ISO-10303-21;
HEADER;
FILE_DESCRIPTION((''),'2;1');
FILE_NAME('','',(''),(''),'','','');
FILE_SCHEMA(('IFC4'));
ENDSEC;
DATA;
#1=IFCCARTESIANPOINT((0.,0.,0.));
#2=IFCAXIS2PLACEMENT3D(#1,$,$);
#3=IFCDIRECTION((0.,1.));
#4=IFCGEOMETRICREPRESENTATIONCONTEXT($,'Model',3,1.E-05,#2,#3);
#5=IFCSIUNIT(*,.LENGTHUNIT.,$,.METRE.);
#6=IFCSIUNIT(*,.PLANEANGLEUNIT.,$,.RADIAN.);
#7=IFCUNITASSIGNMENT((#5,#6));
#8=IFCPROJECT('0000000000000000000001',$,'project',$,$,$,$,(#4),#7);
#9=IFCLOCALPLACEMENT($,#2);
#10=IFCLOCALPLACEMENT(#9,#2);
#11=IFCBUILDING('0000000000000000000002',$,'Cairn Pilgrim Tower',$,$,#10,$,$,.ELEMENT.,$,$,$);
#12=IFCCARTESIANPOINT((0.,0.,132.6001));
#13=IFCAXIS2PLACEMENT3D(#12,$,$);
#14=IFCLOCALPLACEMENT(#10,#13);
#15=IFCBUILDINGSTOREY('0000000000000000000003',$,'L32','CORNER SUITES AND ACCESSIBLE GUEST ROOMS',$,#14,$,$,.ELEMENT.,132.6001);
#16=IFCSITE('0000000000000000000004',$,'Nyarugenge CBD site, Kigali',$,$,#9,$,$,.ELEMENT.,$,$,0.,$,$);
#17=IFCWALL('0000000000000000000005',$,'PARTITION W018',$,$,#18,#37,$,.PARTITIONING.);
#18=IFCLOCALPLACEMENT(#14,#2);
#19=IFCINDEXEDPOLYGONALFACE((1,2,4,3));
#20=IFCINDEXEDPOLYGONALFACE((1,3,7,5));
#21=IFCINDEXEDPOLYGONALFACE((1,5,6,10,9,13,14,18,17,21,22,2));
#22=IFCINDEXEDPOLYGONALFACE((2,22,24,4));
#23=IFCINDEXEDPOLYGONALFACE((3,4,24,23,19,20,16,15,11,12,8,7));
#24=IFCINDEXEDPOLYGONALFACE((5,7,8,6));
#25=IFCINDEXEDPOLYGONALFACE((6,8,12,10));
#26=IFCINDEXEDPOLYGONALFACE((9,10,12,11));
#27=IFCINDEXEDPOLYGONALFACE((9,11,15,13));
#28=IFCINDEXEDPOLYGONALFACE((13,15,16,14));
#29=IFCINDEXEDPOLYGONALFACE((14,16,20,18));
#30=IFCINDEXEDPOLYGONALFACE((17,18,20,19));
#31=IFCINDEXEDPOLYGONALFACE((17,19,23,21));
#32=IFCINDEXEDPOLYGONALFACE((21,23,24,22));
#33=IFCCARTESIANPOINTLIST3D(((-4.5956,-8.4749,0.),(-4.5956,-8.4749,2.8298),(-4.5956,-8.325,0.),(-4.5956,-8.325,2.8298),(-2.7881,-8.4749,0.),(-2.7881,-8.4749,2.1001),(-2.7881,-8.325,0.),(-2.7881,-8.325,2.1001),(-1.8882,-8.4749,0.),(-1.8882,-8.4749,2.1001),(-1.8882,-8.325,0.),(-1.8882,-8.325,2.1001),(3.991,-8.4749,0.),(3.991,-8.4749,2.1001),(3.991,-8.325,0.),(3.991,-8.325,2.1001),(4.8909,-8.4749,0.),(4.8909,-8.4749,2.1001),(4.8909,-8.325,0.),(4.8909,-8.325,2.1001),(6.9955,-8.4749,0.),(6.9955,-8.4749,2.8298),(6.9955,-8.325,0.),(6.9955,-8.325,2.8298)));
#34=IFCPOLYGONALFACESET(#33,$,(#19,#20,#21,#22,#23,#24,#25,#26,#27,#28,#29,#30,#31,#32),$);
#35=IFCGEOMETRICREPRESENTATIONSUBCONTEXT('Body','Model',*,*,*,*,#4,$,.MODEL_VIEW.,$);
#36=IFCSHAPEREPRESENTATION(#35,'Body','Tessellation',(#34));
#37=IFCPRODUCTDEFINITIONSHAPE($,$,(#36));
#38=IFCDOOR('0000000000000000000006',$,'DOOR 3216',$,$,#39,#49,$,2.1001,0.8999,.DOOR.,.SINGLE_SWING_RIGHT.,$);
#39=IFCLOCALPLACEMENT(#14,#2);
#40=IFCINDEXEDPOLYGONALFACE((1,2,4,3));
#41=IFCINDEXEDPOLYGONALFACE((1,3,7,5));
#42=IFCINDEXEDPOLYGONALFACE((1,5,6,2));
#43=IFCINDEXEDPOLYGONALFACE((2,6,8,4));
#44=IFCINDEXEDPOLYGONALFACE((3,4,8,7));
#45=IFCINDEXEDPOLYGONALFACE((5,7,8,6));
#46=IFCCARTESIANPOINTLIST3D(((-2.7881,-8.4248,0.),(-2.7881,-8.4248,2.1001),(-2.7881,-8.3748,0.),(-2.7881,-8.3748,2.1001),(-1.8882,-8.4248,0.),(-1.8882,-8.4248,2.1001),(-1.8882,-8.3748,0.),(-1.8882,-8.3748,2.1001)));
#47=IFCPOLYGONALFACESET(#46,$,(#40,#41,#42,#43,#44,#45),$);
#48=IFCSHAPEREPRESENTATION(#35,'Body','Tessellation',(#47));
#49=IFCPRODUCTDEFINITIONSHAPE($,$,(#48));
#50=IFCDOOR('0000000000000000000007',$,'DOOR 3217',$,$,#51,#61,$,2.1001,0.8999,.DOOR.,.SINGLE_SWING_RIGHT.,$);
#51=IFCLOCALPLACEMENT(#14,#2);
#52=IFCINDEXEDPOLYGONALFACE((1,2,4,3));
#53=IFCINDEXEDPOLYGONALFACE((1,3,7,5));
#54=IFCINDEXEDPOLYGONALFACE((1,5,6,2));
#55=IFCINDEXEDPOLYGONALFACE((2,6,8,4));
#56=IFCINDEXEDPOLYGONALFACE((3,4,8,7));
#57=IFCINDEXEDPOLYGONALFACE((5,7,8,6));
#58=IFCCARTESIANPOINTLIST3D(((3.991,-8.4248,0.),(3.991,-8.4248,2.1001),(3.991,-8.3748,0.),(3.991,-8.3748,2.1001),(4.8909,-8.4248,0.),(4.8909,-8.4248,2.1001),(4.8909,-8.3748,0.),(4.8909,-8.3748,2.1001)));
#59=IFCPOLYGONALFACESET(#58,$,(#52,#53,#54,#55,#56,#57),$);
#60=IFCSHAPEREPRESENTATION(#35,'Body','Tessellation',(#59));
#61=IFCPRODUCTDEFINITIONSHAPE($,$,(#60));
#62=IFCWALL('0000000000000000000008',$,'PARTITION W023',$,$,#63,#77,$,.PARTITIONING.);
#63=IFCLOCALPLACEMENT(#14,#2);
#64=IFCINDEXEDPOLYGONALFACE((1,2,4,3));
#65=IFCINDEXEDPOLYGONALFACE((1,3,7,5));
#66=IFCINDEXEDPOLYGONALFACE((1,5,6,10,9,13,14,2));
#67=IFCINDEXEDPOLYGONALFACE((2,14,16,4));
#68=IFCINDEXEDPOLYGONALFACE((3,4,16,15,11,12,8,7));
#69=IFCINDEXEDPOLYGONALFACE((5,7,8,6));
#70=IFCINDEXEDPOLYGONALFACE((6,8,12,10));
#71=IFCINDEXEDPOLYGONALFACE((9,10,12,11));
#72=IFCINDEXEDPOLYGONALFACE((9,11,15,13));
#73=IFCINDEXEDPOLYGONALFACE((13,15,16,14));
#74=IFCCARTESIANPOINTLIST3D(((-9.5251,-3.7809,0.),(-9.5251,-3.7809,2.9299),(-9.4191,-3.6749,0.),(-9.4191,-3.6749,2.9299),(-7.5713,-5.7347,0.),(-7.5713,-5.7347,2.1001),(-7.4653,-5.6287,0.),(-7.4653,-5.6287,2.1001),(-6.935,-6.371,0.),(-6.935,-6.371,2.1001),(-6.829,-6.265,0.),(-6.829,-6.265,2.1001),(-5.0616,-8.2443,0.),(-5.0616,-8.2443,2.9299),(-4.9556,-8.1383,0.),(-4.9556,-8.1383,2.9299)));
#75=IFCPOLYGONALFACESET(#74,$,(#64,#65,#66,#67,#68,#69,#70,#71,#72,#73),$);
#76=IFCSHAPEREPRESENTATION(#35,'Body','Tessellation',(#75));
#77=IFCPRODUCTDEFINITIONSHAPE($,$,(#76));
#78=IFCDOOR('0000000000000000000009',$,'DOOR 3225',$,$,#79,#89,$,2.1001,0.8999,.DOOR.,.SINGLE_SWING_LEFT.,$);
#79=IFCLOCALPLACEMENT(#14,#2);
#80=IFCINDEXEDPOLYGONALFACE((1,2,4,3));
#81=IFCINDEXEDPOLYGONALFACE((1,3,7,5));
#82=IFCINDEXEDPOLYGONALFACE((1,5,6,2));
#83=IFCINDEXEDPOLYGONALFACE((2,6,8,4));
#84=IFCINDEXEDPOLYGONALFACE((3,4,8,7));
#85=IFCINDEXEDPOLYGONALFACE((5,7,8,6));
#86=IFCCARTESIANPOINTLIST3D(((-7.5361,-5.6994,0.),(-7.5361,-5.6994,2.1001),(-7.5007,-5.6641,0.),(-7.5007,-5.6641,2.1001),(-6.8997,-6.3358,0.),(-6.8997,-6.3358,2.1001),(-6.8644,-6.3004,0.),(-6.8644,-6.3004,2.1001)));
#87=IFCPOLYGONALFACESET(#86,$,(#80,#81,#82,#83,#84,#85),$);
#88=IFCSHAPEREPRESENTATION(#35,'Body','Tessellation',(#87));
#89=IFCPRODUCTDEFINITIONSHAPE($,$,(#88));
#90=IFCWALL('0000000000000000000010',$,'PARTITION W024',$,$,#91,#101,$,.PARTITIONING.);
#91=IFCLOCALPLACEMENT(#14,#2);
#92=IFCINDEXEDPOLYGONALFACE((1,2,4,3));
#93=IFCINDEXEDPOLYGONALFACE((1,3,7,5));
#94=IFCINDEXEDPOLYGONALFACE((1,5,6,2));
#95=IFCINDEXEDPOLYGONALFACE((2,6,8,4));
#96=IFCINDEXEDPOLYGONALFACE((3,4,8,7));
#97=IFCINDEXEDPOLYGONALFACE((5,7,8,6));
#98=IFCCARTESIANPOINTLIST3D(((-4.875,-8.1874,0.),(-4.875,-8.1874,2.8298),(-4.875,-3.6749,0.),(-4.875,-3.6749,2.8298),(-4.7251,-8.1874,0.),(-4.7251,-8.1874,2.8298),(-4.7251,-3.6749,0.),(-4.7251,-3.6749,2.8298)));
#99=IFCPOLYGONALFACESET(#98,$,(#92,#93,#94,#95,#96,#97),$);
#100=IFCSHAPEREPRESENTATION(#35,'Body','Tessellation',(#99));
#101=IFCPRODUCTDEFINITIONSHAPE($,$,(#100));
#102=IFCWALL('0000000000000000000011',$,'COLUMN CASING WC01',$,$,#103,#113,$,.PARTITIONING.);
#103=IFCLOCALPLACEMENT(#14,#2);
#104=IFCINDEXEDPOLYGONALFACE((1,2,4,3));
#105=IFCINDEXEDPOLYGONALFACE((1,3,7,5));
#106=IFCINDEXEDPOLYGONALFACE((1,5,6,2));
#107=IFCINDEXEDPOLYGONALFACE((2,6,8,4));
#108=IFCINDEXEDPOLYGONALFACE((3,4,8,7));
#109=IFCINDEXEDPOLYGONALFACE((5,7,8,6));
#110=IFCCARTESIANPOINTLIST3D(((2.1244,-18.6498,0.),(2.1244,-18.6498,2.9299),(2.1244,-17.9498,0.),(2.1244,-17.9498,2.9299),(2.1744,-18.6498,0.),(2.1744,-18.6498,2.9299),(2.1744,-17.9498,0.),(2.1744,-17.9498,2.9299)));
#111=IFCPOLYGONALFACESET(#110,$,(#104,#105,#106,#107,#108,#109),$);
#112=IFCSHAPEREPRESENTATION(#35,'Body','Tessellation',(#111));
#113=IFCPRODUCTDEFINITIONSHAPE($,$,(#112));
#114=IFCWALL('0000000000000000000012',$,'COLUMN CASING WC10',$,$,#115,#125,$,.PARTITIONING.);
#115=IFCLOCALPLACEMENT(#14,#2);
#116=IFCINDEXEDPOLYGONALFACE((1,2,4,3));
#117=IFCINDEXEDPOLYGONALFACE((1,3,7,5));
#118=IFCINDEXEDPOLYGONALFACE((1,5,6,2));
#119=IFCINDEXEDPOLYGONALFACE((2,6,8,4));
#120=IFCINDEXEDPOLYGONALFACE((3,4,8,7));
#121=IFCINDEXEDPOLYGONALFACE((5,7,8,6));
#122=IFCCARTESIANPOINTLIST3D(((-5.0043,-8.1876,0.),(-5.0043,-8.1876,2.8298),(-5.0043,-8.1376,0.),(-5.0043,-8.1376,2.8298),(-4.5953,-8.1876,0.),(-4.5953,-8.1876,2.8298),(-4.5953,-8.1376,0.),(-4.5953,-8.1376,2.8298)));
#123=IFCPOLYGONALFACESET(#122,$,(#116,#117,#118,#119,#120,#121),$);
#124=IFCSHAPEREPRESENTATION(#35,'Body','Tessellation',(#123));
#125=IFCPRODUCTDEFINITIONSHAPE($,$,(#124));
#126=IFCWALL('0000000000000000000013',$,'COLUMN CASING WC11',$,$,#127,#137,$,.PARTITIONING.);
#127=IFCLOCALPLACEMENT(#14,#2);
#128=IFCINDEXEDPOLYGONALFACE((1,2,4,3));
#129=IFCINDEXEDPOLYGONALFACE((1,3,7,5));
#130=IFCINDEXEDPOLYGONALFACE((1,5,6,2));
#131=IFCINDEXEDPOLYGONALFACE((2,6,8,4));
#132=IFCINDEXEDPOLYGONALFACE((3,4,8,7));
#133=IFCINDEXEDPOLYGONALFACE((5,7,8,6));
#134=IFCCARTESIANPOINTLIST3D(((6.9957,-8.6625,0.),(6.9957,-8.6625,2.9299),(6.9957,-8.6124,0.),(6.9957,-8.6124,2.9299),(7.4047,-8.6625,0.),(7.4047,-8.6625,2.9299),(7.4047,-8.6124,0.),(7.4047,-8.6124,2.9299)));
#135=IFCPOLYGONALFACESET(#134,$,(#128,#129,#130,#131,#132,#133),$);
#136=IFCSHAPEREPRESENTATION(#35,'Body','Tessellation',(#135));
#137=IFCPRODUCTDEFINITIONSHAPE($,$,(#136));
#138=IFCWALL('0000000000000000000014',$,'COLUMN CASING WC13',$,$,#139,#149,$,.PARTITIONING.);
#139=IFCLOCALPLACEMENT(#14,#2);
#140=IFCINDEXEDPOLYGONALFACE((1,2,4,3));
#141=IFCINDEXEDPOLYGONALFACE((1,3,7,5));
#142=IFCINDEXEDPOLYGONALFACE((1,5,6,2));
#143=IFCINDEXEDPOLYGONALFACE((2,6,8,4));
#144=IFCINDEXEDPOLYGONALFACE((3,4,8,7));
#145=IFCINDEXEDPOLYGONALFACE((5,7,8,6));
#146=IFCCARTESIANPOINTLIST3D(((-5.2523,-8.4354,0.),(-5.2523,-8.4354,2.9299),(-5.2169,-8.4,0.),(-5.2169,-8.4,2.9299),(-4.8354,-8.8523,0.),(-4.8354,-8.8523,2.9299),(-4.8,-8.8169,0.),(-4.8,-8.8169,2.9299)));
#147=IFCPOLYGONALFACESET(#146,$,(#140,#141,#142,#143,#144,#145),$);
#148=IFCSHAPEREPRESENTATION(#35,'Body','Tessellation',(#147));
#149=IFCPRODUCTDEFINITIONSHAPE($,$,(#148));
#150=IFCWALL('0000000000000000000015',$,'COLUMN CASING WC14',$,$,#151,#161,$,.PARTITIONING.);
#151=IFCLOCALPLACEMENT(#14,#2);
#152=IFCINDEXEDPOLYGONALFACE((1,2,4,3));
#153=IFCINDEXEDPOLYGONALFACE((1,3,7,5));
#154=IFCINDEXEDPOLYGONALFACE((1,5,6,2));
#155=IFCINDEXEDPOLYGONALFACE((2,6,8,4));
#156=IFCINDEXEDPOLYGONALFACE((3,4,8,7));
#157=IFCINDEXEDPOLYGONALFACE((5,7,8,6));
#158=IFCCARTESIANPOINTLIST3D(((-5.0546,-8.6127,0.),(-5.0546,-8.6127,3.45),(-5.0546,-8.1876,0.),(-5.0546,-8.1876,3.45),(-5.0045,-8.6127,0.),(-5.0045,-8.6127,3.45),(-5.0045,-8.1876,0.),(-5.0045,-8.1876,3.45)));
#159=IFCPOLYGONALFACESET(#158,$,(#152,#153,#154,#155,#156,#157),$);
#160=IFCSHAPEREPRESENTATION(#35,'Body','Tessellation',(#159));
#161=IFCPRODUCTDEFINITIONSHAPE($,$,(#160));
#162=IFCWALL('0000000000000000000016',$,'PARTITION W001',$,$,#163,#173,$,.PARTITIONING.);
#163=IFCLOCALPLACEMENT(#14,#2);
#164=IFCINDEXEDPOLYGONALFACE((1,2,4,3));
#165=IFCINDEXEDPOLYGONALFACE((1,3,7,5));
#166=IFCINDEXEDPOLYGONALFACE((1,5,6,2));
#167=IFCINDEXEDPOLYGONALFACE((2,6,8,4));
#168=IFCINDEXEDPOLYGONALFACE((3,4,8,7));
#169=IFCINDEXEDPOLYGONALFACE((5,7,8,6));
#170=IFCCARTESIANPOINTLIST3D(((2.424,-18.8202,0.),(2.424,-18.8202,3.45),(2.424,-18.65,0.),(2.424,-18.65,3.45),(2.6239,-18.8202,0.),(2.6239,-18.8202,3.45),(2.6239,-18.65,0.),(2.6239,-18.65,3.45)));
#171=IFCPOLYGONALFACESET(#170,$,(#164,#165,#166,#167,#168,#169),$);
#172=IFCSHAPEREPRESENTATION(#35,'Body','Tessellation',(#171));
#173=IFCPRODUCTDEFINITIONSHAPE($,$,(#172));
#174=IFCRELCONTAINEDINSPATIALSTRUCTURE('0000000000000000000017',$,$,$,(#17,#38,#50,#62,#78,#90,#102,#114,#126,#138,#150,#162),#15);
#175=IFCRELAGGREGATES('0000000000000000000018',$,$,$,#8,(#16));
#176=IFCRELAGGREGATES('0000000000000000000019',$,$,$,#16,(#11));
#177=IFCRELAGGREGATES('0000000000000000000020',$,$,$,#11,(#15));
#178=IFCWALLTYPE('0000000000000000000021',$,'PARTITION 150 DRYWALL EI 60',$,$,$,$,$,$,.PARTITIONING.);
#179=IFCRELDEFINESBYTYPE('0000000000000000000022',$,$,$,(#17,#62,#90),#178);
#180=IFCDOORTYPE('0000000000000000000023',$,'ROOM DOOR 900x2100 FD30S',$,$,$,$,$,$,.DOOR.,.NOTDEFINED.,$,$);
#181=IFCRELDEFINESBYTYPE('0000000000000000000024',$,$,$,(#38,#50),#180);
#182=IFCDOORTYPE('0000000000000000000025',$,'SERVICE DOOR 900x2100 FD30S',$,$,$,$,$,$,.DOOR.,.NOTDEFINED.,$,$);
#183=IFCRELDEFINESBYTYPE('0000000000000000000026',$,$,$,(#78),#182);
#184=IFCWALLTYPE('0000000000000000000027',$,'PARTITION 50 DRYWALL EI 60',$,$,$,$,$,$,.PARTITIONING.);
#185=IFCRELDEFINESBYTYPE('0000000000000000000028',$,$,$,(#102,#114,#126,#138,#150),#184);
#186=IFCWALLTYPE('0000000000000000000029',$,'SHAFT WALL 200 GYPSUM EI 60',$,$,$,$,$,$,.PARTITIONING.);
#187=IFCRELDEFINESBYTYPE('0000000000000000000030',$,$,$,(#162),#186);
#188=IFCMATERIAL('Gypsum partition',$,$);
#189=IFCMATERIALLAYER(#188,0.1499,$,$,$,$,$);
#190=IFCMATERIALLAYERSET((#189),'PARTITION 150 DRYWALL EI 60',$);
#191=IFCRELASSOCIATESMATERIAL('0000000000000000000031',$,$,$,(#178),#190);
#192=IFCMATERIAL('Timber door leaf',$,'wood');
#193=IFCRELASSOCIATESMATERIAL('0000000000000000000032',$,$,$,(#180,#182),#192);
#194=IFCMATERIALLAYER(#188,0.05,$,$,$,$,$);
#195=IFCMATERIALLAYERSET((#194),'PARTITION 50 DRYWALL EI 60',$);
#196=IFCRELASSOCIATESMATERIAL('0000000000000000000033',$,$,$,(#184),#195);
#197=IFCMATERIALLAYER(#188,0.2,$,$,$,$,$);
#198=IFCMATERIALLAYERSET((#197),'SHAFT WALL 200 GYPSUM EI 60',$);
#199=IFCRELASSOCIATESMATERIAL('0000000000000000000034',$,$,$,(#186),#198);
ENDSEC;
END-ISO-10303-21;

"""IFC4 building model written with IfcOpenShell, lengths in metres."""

from ifc_helpers import new_model, si_unit, direction, frame, frame_2d, origin, place, context, subcontext, project, spatial, rectangle, extrude, material, layer, layer_set, type_object, element, fill, save


model = new_model("IFC4")

# Units and contexts
model_context = context("Model", 3, precision=1e-05, world=origin(), true_north=direction((0.0, 1.0)))
body_context = subcontext(model_context, "Body", "Model", "MODEL_VIEW")
ifc_project = project(units=[si_unit("LENGTHUNIT", "METRE"), si_unit("PLANEANGLEUNIT", "RADIAN")], contexts=[model_context])

# Site, building, storey
site_placement = place(None, origin())
site = spatial("IfcSite", under=ifc_project, at=site_placement, Name="Nyarugenge CBD site, Kigali", CompositionType="ELEMENT", RefElevation=0.0)
building_placement = place(site_placement, origin())
building = spatial("IfcBuilding", under=site, at=building_placement, Name="Cairn Pilgrim Tower", CompositionType="ELEMENT")
storey_placement = place(building_placement, frame((0.0, 0.0, 132.6001)))
storey = spatial("IfcBuildingStorey", under=building, at=storey_placement, Name="L32", Description="CORNER SUITES AND ACCESSIBLE GUEST ROOMS", CompositionType="ELEMENT", Elevation=132.6001)

# Shared definitions
ifc_material_1 = material(Name="Gypsum partition")

# Shared definitions
ifc_material_2 = material(Name="Timber door leaf", Category="wood")

# Wall, openings, doors
ifc_layer_1 = layer(ifc_material_1, 0.1499)
ifc_layer_set_1 = layer_set([ifc_layer_1], Name="PARTITION 150 DRYWALL EI 60")
wall_type_1 = type_object("IfcWallType", Name="PARTITION 150 DRYWALL EI 60", PredefinedType="PARTITIONING", material=ifc_layer_set_1)
wall_1_placement = place(storey_placement, frame((-4.5955, -8.3999, 0.0), z_axis=(0.0, 0.0, 1.0), x_axis=(1.0, 0.0, 0.0)))
wall_1 = element("IfcWall", 1, at=wall_1_placement, inside=storey, type_object=wall_type_1, Name="PARTITION W018", PredefinedType="PARTITIONING", context=body_context, shape_type="SweptSolid", body=[
    extrude(rectangle(XDim=11.5911, YDim=0.1499, at=frame_2d((5.7954, 0.0))), origin(), (0.0, 0.0, 1.0), 2.8298),
])
opening_1_placement = place(wall_1_placement, frame((1.8074, 0.0, 0.0)))
opening_1 = element("IfcOpeningElement", 2, at=opening_1_placement, cuts=wall_1, PredefinedType="OPENING", context=body_context, shape_type="SweptSolid", body=[
    extrude(rectangle(XDim=0.8999, YDim=2.1001, at=frame_2d((0.45, 1.05))), frame((0.0, 0.085, 0.0), z_axis=(0.0, -1.0, 0.0), x_axis=(1.0, 0.0, 0.0)), (0.0, 0.0, 1.0), 0.1699),
])
opening_2_placement = place(wall_1_placement, frame((8.5864, 0.0, 0.0)))
opening_2 = element("IfcOpeningElement", 3, at=opening_2_placement, cuts=wall_1, PredefinedType="OPENING", context=body_context, shape_type="SweptSolid", body=[
    extrude(rectangle(XDim=0.8999, YDim=2.1001, at=frame_2d((0.45, 1.05))), frame((0.0, 0.085, 0.0), z_axis=(0.0, -1.0, 0.0), x_axis=(1.0, 0.0, 0.0)), (0.0, 0.0, 1.0), 0.1699),
])
door_type_1 = type_object("IfcDoorType", Name="ROOM DOOR 900x2100 FD30S", OperationType="NOTDEFINED", PredefinedType="DOOR", material=ifc_material_2)
door_1_placement = place(opening_1_placement, frame((0.8999, 0.0, 0.0), z_axis=(0.0, 0.0, 1.0), x_axis=(-1.0, 0.0, 0.0)))
door_1 = element("IfcDoor", 4, at=door_1_placement, inside=storey, type_object=door_type_1, Name="DOOR 3216", OperationType="SINGLE_SWING_RIGHT", OverallHeight=2.1001, OverallWidth=0.8999, PredefinedType="DOOR", context=body_context, shape_type="SweptSolid", body=[
    extrude(rectangle(XDim=0.8999, YDim=2.1001, at=frame_2d((0.45, 1.05))), frame((0.0, 0.0249, 0.0), z_axis=(0.0, -1.0, 0.0), x_axis=(1.0, 0.0, 0.0)), (0.0, 0.0, 1.0), 0.05),
])
fill(opening_1, door_1)
door_2_placement = place(opening_2_placement, frame((0.8999, 0.0, 0.0), z_axis=(0.0, 0.0, 1.0), x_axis=(-1.0, 0.0, 0.0)))
door_2 = element("IfcDoor", 5, at=door_2_placement, inside=storey, type_object=door_type_1, Name="DOOR 3217", OperationType="SINGLE_SWING_RIGHT", OverallHeight=2.1001, OverallWidth=0.8999, PredefinedType="DOOR", context=body_context, shape_type="SweptSolid", body=[
    extrude(rectangle(XDim=0.8999, YDim=2.1001, at=frame_2d((0.45, 1.05))), frame((0.0, 0.0249, 0.0), z_axis=(0.0, -1.0, 0.0), x_axis=(1.0, 0.0, 0.0)), (0.0, 0.0, 1.0), 0.05),
])
fill(opening_2, door_2)

# Wall, opening, door
wall_2_placement = place(storey_placement, frame((-5.0085, -8.1914, 0.0), z_axis=(0.0, 0.0, 1.0), x_axis=(-0.707107, 0.707107, 0.0)))
wall_2 = element("IfcWall", 6, at=wall_2_placement, inside=storey, type_object=wall_type_1, Name="PARTITION W023", PredefinedType="PARTITIONING", context=body_context, shape_type="SweptSolid", body=[
    extrude(rectangle(XDim=6.3123, YDim=0.1499, at=frame_2d((3.1562, 0.0))), origin(), (0.0, 0.0, 1.0), 2.9299),
])
opening_3_placement = place(wall_2_placement, frame((2.6494, 0.0, 0.0)))
opening_3 = element("IfcOpeningElement", 7, at=opening_3_placement, cuts=wall_2, PredefinedType="OPENING", context=body_context, shape_type="SweptSolid", body=[
    extrude(rectangle(XDim=0.8999, YDim=2.1001, at=frame_2d((0.45, 1.05))), frame((0.0, 0.085, 0.0), z_axis=(0.0, -1.0, 0.0), x_axis=(1.0, 0.0, 0.0)), (0.0, 0.0, 1.0), 0.1699),
])
door_type_2 = type_object("IfcDoorType", Name="SERVICE DOOR 900x2100 FD30S", OperationType="NOTDEFINED", PredefinedType="DOOR", material=ifc_material_2)
door_3_placement = place(opening_3_placement, frame((0.8999, 0.0, 0.0), z_axis=(0.0, 0.0, 1.0), x_axis=(-1.0, 0.0, 0.0)))
door_3 = element("IfcDoor", 8, at=door_3_placement, inside=storey, type_object=door_type_2, Name="DOOR 3225", OperationType="SINGLE_SWING_LEFT", OverallHeight=2.1001, OverallWidth=0.8999, PredefinedType="DOOR", context=body_context, shape_type="SweptSolid", body=[
    extrude(rectangle(XDim=0.8999, YDim=2.1001, at=frame_2d((0.45, 1.05))), frame((0.0, 0.0249, 0.0), z_axis=(0.0, -1.0, 0.0), x_axis=(1.0, 0.0, 0.0)), (0.0, 0.0, 1.0), 0.05),
])
fill(opening_3, door_3)

# Walls
wall_3_placement = place(storey_placement, frame((-4.8, -8.1875, 0.0), z_axis=(0.0, 0.0, 1.0), x_axis=(0.0, 1.0, 0.0)))
element("IfcWall", 9, at=wall_3_placement, inside=storey, type_object=wall_type_1, Name="PARTITION W024", PredefinedType="PARTITIONING", context=body_context, shape_type="SweptSolid", body=[
    extrude(rectangle(XDim=4.5125, YDim=0.1499, at=frame_2d((2.2563, 0.0))), origin(), (0.0, 0.0, 1.0), 2.8298),
])
ifc_layer_2 = layer(ifc_material_1, 0.05)
ifc_layer_set_2 = layer_set([ifc_layer_2], Name="PARTITION 50 DRYWALL EI 60")
wall_type_2 = type_object("IfcWallType", Name="PARTITION 50 DRYWALL EI 60", PredefinedType="PARTITIONING", material=ifc_layer_set_2)
wall_4_placement = place(storey_placement, frame((2.1494, -18.6499, 0.0), z_axis=(0.0, 0.0, 1.0), x_axis=(0.0, 1.0, 0.0)))
element("IfcWall", 10, at=wall_4_placement, inside=storey, type_object=wall_type_2, Name="COLUMN CASING WC01", PredefinedType="PARTITIONING", context=body_context, shape_type="SweptSolid", body=[
    extrude(rectangle(XDim=0.7, YDim=0.05, at=frame_2d((0.3501, 0.0))), origin(), (0.0, 0.0, 1.0), 2.9299),
])
wall_5_placement = place(storey_placement, frame((-5.0044, -8.1626, 0.0), z_axis=(0.0, 0.0, 1.0), x_axis=(1.0, 0.0, 0.0)))
element("IfcWall", 11, at=wall_5_placement, inside=storey, type_object=wall_type_2, Name="COLUMN CASING WC10", PredefinedType="PARTITIONING", context=body_context, shape_type="SweptSolid", body=[
    extrude(rectangle(XDim=0.4089, YDim=0.05, at=frame_2d((0.2046, 0.0))), origin(), (0.0, 0.0, 1.0), 2.8298),
])
wall_6_placement = place(storey_placement, frame((6.9956, -8.6375, 0.0), z_axis=(0.0, 0.0, 1.0), x_axis=(1.0, 0.0, 0.0)))
element("IfcWall", 12, at=wall_6_placement, inside=storey, type_object=wall_type_2, Name="COLUMN CASING WC11", PredefinedType="PARTITIONING", context=body_context, shape_type="SweptSolid", body=[
    extrude(rectangle(XDim=0.4089, YDim=0.05, at=frame_2d((0.2046, 0.0))), origin(), (0.0, 0.0, 1.0), 2.9299),
])
wall_7_placement = place(storey_placement, frame((-4.8176, -8.8347, 0.0), z_axis=(0.0, 0.0, 1.0), x_axis=(-0.707107, 0.707107, 0.0)))
element("IfcWall", 13, at=wall_7_placement, inside=storey, type_object=wall_type_2, Name="COLUMN CASING WC13", PredefinedType="PARTITIONING", context=body_context, shape_type="SweptSolid", body=[
    extrude(rectangle(XDim=0.5896, YDim=0.05, at=frame_2d((0.2949, 0.0))), origin(), (0.0, 0.0, 1.0), 2.9299),
])
wall_8_placement = place(storey_placement, frame((-5.0295, -8.6125, 0.0), z_axis=(0.0, 0.0, 1.0), x_axis=(0.0, 1.0, 0.0)))
element("IfcWall", 14, at=wall_8_placement, inside=storey, type_object=wall_type_2, Name="COLUMN CASING WC14", PredefinedType="PARTITIONING", context=body_context, shape_type="SweptSolid", body=[
    extrude(rectangle(XDim=0.425, YDim=0.05, at=frame_2d((0.2124, 0.0))), origin(), (0.0, 0.0, 1.0), 3.45),
])
ifc_layer_3 = layer(ifc_material_1, 0.2)
ifc_layer_set_3 = layer_set([ifc_layer_3], Name="SHAFT WALL 200 GYPSUM EI 60")
wall_type_3 = type_object("IfcWallType", Name="SHAFT WALL 200 GYPSUM EI 60", PredefinedType="PARTITIONING", material=ifc_layer_set_3)
wall_9_placement = place(storey_placement, frame((2.5239, -18.8201, 0.0), z_axis=(0.0, 0.0, 1.0), x_axis=(0.0, 1.0, 0.0)))
element("IfcWall", 15, at=wall_9_placement, inside=storey, type_object=wall_type_3, Name="PARTITION W001", PredefinedType="PARTITIONING", context=body_context, shape_type="SweptSolid", body=[
    extrude(rectangle(XDim=0.1702, YDim=0.2, at=frame_2d((0.085, 0.0))), origin(), (0.0, 0.0, 1.0), 3.45),
])

save(model, "model.ifc")
